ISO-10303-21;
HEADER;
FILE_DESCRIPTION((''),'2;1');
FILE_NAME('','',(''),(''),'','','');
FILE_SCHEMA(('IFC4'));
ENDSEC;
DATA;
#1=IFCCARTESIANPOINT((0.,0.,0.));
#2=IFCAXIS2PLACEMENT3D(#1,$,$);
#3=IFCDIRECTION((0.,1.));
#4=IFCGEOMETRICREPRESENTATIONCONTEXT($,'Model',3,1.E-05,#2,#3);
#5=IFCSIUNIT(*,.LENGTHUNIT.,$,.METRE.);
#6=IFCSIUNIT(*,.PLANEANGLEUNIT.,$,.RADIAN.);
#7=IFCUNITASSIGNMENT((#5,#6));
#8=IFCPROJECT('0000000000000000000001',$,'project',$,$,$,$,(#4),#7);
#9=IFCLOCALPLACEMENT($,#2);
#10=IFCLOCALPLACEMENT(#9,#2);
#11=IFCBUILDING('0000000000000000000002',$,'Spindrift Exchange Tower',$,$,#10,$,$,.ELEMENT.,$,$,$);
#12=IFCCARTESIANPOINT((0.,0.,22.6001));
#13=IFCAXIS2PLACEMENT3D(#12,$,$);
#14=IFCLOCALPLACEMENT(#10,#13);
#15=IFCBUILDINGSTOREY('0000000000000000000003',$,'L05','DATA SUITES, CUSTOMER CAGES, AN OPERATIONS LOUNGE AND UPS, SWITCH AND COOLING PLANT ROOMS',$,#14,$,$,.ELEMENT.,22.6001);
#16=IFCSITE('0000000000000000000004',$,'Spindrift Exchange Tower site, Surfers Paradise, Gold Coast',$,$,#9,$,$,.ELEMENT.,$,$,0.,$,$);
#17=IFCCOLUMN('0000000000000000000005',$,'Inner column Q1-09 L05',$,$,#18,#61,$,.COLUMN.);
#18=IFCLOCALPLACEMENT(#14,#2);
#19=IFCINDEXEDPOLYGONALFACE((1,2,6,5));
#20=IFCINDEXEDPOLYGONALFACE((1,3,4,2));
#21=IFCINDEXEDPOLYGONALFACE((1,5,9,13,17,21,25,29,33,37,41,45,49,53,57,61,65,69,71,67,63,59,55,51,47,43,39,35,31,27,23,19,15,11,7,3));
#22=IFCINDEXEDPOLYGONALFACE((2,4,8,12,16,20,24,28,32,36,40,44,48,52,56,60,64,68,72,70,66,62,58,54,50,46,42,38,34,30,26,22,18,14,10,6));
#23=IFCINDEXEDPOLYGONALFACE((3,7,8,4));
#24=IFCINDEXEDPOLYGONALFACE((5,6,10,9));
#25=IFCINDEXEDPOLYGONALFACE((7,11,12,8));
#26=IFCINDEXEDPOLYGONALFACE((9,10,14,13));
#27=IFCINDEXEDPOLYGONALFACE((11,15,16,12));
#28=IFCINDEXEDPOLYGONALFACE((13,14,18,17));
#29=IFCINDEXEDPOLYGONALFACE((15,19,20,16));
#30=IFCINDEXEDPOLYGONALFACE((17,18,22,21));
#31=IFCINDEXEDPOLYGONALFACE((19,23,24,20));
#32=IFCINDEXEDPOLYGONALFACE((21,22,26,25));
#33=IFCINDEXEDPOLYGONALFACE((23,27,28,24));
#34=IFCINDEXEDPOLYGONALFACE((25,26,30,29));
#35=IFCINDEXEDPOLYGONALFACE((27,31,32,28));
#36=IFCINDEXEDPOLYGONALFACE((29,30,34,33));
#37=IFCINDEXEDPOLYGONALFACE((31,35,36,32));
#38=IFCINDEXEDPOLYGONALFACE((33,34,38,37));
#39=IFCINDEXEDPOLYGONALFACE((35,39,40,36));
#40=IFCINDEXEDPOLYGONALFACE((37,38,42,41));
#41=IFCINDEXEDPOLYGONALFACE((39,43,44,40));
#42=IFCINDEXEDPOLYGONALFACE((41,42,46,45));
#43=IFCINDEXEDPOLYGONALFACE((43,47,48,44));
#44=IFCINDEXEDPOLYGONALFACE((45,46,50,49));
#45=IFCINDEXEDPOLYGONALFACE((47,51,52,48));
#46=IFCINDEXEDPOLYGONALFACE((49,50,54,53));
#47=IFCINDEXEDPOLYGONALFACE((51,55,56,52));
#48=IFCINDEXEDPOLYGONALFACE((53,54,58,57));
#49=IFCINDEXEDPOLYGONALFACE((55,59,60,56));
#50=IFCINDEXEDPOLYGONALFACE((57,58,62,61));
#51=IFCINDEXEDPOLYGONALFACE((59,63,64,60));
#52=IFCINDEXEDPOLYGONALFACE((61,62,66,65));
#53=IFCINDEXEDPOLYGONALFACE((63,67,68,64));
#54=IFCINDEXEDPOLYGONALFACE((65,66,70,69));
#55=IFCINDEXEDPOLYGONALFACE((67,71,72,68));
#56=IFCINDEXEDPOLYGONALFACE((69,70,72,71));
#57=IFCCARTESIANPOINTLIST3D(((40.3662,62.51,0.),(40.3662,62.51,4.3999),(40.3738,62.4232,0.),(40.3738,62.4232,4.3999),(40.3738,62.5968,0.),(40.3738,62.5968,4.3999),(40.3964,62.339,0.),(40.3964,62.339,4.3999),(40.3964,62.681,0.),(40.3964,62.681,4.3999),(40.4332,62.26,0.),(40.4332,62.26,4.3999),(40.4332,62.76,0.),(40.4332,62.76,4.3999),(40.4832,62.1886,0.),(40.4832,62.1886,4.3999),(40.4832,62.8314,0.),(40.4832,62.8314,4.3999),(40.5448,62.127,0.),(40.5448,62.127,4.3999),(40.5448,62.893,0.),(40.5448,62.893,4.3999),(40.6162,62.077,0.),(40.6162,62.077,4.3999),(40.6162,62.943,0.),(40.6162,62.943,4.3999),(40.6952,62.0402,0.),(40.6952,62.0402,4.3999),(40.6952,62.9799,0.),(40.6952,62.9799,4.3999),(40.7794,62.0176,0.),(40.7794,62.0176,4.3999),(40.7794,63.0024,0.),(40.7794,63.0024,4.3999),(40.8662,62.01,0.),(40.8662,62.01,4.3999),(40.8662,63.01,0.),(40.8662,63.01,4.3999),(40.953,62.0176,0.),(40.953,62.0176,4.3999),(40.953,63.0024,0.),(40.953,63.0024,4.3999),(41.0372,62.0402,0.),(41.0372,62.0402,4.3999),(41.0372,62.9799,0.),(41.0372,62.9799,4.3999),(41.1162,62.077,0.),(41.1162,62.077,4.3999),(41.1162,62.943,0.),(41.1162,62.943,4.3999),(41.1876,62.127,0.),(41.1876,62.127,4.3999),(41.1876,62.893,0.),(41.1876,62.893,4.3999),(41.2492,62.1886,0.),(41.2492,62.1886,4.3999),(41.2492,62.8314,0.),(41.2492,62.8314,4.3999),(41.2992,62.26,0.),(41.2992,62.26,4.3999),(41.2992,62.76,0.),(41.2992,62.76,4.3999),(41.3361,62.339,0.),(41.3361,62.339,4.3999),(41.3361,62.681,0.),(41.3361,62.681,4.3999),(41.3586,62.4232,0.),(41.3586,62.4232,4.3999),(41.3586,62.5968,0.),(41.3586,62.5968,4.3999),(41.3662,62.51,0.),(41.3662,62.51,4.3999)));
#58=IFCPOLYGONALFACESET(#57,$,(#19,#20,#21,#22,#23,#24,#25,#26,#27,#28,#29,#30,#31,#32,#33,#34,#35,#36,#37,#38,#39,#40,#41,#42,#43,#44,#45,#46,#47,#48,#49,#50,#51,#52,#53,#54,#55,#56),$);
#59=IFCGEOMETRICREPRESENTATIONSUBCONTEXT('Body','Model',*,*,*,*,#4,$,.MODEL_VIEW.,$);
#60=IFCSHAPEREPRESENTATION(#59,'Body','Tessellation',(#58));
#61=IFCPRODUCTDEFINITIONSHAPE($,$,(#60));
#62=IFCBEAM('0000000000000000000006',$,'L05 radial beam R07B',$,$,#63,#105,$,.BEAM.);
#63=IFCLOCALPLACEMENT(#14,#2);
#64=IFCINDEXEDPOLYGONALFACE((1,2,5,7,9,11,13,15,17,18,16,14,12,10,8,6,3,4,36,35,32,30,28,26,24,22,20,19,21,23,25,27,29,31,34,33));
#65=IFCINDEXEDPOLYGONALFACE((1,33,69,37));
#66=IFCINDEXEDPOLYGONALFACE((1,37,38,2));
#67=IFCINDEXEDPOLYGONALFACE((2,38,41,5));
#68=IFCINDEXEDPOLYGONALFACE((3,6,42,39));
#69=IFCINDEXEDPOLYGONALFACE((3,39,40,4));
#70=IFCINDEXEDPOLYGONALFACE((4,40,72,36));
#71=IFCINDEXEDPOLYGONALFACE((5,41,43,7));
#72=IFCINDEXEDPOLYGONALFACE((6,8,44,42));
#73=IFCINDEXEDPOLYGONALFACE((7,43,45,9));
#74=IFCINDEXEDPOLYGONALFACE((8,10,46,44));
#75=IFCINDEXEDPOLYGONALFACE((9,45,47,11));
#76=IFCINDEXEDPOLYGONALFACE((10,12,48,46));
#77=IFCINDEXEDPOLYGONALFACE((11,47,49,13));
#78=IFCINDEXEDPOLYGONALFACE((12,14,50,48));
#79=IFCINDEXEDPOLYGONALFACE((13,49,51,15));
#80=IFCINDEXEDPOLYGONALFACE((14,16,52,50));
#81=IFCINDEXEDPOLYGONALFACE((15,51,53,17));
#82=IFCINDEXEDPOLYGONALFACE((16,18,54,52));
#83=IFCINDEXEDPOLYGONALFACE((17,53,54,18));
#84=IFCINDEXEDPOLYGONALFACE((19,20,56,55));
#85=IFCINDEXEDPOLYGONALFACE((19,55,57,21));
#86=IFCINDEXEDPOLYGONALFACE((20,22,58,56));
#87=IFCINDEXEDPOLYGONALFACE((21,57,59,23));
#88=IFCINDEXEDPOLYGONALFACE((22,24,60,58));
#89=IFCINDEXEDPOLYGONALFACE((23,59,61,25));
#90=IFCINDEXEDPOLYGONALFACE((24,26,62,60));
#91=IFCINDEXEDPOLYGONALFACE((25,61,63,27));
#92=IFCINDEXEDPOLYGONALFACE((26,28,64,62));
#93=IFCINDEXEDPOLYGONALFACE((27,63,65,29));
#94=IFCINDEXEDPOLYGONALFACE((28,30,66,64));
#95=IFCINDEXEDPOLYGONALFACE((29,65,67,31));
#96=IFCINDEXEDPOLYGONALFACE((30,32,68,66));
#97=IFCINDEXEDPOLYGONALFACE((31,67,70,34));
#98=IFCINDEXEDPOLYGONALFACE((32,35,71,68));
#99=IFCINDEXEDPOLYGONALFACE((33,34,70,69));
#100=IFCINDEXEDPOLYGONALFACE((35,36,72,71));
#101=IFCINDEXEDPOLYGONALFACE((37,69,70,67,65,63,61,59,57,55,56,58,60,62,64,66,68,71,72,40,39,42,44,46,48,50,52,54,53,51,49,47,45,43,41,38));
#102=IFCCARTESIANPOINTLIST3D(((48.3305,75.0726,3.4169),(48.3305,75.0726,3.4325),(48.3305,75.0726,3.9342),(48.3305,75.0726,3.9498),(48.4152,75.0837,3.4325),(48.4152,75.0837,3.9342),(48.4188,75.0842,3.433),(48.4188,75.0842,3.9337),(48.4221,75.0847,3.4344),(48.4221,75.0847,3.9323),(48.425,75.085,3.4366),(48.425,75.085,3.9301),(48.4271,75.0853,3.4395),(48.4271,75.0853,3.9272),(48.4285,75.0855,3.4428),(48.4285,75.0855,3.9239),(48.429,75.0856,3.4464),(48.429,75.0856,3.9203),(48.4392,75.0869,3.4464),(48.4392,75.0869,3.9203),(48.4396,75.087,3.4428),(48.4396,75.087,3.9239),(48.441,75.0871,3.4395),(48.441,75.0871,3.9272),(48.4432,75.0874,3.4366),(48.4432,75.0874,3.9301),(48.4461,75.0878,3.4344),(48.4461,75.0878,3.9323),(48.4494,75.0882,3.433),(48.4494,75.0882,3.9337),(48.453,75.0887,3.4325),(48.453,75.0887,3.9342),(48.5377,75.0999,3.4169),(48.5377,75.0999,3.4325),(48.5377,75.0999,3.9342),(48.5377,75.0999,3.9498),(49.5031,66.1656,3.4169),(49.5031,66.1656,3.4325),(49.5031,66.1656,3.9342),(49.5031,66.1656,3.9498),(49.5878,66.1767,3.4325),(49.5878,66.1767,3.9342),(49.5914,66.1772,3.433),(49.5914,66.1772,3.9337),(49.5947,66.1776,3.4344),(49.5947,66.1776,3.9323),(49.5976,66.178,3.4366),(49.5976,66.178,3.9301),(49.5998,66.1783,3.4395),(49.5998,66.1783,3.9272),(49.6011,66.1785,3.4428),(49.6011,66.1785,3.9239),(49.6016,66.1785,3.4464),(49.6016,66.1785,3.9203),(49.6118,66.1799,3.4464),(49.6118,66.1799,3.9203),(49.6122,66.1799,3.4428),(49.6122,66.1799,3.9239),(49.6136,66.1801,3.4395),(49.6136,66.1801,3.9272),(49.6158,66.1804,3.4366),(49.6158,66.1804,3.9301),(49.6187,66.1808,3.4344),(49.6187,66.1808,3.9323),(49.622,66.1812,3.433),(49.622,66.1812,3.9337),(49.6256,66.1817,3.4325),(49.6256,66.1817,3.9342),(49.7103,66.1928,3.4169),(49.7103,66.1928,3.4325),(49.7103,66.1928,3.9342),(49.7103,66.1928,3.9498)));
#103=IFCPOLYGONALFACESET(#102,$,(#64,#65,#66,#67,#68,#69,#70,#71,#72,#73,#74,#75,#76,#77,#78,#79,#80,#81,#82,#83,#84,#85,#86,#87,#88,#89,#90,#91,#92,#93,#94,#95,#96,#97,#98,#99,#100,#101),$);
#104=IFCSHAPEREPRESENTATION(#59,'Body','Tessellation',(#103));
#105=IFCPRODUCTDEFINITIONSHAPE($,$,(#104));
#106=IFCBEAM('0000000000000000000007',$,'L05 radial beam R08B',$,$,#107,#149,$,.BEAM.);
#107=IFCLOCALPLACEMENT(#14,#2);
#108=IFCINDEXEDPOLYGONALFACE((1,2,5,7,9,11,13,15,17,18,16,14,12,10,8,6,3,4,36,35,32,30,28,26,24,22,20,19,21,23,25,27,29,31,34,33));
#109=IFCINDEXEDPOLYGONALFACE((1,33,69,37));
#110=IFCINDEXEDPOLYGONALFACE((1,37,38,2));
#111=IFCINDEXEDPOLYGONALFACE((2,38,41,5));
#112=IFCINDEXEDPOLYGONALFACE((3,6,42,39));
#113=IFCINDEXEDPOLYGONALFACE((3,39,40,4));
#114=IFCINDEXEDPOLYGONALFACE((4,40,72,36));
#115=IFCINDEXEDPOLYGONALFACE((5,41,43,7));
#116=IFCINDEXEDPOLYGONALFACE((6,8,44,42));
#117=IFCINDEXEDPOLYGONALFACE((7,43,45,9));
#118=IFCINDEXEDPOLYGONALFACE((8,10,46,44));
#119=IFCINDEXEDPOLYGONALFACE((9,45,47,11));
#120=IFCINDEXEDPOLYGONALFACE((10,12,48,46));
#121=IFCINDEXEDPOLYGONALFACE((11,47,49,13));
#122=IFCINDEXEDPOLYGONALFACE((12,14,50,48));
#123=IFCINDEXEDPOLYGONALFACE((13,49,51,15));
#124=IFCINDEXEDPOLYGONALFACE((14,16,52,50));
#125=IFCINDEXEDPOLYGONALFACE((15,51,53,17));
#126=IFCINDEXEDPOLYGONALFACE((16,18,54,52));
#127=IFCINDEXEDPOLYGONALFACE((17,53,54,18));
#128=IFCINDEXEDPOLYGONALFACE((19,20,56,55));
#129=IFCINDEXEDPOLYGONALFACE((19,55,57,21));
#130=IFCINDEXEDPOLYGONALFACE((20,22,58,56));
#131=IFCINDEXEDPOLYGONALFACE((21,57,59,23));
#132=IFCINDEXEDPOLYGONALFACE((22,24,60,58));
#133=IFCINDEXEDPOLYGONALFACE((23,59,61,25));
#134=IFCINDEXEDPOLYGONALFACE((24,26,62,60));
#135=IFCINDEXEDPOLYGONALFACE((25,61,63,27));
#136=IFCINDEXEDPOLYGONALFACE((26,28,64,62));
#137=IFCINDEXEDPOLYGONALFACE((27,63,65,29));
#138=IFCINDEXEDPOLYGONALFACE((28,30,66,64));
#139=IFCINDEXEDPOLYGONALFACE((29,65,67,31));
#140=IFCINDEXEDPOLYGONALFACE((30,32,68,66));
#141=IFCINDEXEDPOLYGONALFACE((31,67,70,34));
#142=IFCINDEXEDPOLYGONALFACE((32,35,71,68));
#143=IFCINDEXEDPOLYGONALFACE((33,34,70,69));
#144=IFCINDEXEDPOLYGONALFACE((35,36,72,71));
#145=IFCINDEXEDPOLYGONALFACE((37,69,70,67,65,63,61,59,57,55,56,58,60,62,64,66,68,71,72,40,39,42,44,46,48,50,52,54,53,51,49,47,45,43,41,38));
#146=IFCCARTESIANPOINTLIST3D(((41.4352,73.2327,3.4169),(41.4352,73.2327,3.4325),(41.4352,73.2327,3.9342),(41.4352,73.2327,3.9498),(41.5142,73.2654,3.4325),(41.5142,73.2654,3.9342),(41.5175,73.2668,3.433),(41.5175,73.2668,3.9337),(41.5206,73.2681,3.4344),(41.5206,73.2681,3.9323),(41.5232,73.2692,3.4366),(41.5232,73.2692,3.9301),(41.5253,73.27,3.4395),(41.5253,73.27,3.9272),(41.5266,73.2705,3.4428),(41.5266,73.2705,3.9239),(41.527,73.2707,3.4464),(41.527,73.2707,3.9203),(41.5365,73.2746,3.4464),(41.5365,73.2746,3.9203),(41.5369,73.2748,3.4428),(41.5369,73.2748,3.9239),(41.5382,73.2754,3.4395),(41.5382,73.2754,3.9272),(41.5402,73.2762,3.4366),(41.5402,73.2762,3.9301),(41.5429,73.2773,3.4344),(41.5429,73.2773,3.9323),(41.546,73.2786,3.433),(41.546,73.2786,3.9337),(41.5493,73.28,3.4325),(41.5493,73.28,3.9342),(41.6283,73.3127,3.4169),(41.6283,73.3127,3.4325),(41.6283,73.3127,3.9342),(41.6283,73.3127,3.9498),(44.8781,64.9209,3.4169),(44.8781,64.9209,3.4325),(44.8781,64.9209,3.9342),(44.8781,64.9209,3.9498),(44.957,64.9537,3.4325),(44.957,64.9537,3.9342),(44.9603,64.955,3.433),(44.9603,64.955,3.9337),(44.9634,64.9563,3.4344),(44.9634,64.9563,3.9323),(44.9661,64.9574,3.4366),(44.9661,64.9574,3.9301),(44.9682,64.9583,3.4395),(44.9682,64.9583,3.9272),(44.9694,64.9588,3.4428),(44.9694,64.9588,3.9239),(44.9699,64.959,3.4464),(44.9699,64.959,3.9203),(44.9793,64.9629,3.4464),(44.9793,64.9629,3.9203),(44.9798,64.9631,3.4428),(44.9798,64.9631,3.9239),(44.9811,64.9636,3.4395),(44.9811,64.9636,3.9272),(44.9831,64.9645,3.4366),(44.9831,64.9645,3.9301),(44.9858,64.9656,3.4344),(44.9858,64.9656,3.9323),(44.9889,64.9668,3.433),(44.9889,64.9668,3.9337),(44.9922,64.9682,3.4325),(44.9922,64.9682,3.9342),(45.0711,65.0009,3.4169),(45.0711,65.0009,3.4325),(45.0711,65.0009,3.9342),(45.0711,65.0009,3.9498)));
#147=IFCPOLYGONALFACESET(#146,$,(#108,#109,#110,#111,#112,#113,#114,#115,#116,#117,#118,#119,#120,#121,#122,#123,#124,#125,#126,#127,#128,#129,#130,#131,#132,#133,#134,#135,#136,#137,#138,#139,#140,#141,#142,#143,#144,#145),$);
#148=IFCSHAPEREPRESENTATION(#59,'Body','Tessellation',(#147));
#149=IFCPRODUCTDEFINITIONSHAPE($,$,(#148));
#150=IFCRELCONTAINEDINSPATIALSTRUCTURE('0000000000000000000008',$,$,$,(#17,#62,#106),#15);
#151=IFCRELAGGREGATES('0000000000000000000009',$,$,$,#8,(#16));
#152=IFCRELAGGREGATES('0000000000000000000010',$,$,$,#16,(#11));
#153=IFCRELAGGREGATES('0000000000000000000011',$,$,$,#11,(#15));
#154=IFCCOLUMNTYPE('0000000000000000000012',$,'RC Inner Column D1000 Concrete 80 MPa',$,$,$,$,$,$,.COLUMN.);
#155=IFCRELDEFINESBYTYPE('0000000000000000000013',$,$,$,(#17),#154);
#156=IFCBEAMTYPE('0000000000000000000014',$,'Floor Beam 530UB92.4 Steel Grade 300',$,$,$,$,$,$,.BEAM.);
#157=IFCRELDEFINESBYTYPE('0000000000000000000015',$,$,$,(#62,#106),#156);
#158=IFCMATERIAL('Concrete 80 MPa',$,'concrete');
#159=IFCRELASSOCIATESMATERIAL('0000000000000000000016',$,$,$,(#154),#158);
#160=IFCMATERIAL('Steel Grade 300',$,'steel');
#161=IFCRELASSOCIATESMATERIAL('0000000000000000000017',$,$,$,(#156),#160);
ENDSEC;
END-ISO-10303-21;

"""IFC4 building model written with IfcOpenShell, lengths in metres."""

from ifc_helpers import new_model, si_unit, direction, frame, origin, origin_2d, place, context, subcontext, project, spatial, circle, i_section, extrude, source, transform, mapped, material, material_profile, profile_set, type_object, element, save


model = new_model("IFC4")

# Units and contexts
model_context = context("Model", 3, precision=1e-05, world=origin(), true_north=direction((0.0, 1.0)))
body_context = subcontext(model_context, "Body", "Model", "MODEL_VIEW")
ifc_project = project(units=[si_unit("LENGTHUNIT", "METRE"), si_unit("PLANEANGLEUNIT", "RADIAN")], contexts=[model_context])

# Site, building, storey
site_placement = place(None, origin())
site = spatial("IfcSite", under=ifc_project, at=site_placement, Name="Spindrift Exchange Tower site, Surfers Paradise, Gold Coast", CompositionType="ELEMENT", RefElevation=0.0)
building_placement = place(site_placement, origin())
building = spatial("IfcBuilding", under=site, at=building_placement, Name="Spindrift Exchange Tower", CompositionType="ELEMENT")
storey_placement = place(building_placement, frame((0.0, 0.0, 22.6001)))
storey = spatial("IfcBuildingStorey", under=building, at=storey_placement, Name="L05", Description="DATA SUITES, CUSTOMER CAGES, AN OPERATIONS LOUNGE AND UPS, SWITCH AND COOLING PLANT ROOMS", CompositionType="ELEMENT", Elevation=22.6001)

# Column
ifc_material_1 = material(Name="Concrete 80 MPa", Category="concrete")
ifc_material_profile_1 = material_profile(ifc_material_1, circle(Radius=0.5, at=origin_2d()), Name="RC D1000")
ifc_profile_set_1 = profile_set([ifc_material_profile_1], Name="Concrete 80 MPa")
column_type_1 = type_object("IfcColumnType", Name="RC Inner Column D1000 Concrete 80 MPa", PredefinedType="COLUMN", material=ifc_profile_set_1)
shared_shape_1 = source(origin(), body_context, "Body", "SweptSolid", [
    extrude(circle(Radius=0.5, at=origin_2d()), origin(), (0.0, 0.0, 1.0), 4.3999),
])
for number, where, z_axis, x_axis, name in (
    (1, (40.8662, 62.51, 0.0), (0.0, 0.0, 1.0), (1.0, 0.0, 0.0), "Inner column Q1-09 L05"),
):
    element("IfcColumn", number, at=place(storey_placement, frame(where, z_axis=z_axis, x_axis=x_axis)), inside=storey, type_object=column_type_1, Name=name, PredefinedType="COLUMN", context=body_context, shape_type="MappedRepresentation", body=[
        mapped(shared_shape_1, transform((0.0, 0.0, 0.0), scale=1.0)),
    ])

# Beams
ifc_material_2 = material(Name="Steel Grade 300", Category="steel")
ifc_material_profile_2 = material_profile(ifc_material_2, i_section(OverallWidth=0.209, OverallDepth=0.533, WebThickness=0.0103, FlangeThickness=0.0156, FilletRadius=0.0139, at=origin_2d()), Name="530UB92.4")
ifc_profile_set_2 = profile_set([ifc_material_profile_2], Name="Steel Grade 300")
beam_type_1 = type_object("IfcBeamType", Name="Floor Beam 530UB92.4 Steel Grade 300", PredefinedType="BEAM", material=ifc_profile_set_2)
shared_shape_2 = source(origin(), body_context, "Body", "SweptSolid", [
    extrude(i_section(OverallWidth=0.209, OverallDepth=0.533, WebThickness=0.0103, FlangeThickness=0.0156, FilletRadius=0.0139, at=origin_2d()), origin(), (0.0, 0.0, 1.0), 8.9839),
])
beam_1_placement = place(storey_placement, frame((49.6067, 66.1792, 3.6833), z_axis=(-0.130524, 0.991445, 0.0), x_axis=(-0.991445, -0.130524, 0.0)))
element("IfcBeam", 2, at=beam_1_placement, inside=storey, type_object=beam_type_1, Name="L05 radial beam R07B", PredefinedType="BEAM", context=body_context, shape_type="MappedRepresentation", body=[
    mapped(shared_shape_2, transform((0.0, 0.0, 0.0), scale=1.0)),
])
shared_shape_3 = source(origin(), body_context, "Body", "SweptSolid", [
    extrude(i_section(OverallWidth=0.209, OverallDepth=0.533, WebThickness=0.0103, FlangeThickness=0.0156, FilletRadius=0.0139, at=origin_2d()), origin(), (0.0, 0.0, 1.0), 8.9966),
])
beam_2_placement = place(storey_placement, frame((44.9746, 64.9609, 3.6833), z_axis=(-0.382686, 0.923879, 0.0), x_axis=(-0.923879, -0.382686, 0.0)))
element("IfcBeam", 3, at=beam_2_placement, inside=storey, type_object=beam_type_1, Name="L05 radial beam R08B", PredefinedType="BEAM", context=body_context, shape_type="MappedRepresentation", body=[
    mapped(shared_shape_3, transform((0.0, 0.0, 0.0), scale=1.0)),
])

save(model, "model.ifc")
